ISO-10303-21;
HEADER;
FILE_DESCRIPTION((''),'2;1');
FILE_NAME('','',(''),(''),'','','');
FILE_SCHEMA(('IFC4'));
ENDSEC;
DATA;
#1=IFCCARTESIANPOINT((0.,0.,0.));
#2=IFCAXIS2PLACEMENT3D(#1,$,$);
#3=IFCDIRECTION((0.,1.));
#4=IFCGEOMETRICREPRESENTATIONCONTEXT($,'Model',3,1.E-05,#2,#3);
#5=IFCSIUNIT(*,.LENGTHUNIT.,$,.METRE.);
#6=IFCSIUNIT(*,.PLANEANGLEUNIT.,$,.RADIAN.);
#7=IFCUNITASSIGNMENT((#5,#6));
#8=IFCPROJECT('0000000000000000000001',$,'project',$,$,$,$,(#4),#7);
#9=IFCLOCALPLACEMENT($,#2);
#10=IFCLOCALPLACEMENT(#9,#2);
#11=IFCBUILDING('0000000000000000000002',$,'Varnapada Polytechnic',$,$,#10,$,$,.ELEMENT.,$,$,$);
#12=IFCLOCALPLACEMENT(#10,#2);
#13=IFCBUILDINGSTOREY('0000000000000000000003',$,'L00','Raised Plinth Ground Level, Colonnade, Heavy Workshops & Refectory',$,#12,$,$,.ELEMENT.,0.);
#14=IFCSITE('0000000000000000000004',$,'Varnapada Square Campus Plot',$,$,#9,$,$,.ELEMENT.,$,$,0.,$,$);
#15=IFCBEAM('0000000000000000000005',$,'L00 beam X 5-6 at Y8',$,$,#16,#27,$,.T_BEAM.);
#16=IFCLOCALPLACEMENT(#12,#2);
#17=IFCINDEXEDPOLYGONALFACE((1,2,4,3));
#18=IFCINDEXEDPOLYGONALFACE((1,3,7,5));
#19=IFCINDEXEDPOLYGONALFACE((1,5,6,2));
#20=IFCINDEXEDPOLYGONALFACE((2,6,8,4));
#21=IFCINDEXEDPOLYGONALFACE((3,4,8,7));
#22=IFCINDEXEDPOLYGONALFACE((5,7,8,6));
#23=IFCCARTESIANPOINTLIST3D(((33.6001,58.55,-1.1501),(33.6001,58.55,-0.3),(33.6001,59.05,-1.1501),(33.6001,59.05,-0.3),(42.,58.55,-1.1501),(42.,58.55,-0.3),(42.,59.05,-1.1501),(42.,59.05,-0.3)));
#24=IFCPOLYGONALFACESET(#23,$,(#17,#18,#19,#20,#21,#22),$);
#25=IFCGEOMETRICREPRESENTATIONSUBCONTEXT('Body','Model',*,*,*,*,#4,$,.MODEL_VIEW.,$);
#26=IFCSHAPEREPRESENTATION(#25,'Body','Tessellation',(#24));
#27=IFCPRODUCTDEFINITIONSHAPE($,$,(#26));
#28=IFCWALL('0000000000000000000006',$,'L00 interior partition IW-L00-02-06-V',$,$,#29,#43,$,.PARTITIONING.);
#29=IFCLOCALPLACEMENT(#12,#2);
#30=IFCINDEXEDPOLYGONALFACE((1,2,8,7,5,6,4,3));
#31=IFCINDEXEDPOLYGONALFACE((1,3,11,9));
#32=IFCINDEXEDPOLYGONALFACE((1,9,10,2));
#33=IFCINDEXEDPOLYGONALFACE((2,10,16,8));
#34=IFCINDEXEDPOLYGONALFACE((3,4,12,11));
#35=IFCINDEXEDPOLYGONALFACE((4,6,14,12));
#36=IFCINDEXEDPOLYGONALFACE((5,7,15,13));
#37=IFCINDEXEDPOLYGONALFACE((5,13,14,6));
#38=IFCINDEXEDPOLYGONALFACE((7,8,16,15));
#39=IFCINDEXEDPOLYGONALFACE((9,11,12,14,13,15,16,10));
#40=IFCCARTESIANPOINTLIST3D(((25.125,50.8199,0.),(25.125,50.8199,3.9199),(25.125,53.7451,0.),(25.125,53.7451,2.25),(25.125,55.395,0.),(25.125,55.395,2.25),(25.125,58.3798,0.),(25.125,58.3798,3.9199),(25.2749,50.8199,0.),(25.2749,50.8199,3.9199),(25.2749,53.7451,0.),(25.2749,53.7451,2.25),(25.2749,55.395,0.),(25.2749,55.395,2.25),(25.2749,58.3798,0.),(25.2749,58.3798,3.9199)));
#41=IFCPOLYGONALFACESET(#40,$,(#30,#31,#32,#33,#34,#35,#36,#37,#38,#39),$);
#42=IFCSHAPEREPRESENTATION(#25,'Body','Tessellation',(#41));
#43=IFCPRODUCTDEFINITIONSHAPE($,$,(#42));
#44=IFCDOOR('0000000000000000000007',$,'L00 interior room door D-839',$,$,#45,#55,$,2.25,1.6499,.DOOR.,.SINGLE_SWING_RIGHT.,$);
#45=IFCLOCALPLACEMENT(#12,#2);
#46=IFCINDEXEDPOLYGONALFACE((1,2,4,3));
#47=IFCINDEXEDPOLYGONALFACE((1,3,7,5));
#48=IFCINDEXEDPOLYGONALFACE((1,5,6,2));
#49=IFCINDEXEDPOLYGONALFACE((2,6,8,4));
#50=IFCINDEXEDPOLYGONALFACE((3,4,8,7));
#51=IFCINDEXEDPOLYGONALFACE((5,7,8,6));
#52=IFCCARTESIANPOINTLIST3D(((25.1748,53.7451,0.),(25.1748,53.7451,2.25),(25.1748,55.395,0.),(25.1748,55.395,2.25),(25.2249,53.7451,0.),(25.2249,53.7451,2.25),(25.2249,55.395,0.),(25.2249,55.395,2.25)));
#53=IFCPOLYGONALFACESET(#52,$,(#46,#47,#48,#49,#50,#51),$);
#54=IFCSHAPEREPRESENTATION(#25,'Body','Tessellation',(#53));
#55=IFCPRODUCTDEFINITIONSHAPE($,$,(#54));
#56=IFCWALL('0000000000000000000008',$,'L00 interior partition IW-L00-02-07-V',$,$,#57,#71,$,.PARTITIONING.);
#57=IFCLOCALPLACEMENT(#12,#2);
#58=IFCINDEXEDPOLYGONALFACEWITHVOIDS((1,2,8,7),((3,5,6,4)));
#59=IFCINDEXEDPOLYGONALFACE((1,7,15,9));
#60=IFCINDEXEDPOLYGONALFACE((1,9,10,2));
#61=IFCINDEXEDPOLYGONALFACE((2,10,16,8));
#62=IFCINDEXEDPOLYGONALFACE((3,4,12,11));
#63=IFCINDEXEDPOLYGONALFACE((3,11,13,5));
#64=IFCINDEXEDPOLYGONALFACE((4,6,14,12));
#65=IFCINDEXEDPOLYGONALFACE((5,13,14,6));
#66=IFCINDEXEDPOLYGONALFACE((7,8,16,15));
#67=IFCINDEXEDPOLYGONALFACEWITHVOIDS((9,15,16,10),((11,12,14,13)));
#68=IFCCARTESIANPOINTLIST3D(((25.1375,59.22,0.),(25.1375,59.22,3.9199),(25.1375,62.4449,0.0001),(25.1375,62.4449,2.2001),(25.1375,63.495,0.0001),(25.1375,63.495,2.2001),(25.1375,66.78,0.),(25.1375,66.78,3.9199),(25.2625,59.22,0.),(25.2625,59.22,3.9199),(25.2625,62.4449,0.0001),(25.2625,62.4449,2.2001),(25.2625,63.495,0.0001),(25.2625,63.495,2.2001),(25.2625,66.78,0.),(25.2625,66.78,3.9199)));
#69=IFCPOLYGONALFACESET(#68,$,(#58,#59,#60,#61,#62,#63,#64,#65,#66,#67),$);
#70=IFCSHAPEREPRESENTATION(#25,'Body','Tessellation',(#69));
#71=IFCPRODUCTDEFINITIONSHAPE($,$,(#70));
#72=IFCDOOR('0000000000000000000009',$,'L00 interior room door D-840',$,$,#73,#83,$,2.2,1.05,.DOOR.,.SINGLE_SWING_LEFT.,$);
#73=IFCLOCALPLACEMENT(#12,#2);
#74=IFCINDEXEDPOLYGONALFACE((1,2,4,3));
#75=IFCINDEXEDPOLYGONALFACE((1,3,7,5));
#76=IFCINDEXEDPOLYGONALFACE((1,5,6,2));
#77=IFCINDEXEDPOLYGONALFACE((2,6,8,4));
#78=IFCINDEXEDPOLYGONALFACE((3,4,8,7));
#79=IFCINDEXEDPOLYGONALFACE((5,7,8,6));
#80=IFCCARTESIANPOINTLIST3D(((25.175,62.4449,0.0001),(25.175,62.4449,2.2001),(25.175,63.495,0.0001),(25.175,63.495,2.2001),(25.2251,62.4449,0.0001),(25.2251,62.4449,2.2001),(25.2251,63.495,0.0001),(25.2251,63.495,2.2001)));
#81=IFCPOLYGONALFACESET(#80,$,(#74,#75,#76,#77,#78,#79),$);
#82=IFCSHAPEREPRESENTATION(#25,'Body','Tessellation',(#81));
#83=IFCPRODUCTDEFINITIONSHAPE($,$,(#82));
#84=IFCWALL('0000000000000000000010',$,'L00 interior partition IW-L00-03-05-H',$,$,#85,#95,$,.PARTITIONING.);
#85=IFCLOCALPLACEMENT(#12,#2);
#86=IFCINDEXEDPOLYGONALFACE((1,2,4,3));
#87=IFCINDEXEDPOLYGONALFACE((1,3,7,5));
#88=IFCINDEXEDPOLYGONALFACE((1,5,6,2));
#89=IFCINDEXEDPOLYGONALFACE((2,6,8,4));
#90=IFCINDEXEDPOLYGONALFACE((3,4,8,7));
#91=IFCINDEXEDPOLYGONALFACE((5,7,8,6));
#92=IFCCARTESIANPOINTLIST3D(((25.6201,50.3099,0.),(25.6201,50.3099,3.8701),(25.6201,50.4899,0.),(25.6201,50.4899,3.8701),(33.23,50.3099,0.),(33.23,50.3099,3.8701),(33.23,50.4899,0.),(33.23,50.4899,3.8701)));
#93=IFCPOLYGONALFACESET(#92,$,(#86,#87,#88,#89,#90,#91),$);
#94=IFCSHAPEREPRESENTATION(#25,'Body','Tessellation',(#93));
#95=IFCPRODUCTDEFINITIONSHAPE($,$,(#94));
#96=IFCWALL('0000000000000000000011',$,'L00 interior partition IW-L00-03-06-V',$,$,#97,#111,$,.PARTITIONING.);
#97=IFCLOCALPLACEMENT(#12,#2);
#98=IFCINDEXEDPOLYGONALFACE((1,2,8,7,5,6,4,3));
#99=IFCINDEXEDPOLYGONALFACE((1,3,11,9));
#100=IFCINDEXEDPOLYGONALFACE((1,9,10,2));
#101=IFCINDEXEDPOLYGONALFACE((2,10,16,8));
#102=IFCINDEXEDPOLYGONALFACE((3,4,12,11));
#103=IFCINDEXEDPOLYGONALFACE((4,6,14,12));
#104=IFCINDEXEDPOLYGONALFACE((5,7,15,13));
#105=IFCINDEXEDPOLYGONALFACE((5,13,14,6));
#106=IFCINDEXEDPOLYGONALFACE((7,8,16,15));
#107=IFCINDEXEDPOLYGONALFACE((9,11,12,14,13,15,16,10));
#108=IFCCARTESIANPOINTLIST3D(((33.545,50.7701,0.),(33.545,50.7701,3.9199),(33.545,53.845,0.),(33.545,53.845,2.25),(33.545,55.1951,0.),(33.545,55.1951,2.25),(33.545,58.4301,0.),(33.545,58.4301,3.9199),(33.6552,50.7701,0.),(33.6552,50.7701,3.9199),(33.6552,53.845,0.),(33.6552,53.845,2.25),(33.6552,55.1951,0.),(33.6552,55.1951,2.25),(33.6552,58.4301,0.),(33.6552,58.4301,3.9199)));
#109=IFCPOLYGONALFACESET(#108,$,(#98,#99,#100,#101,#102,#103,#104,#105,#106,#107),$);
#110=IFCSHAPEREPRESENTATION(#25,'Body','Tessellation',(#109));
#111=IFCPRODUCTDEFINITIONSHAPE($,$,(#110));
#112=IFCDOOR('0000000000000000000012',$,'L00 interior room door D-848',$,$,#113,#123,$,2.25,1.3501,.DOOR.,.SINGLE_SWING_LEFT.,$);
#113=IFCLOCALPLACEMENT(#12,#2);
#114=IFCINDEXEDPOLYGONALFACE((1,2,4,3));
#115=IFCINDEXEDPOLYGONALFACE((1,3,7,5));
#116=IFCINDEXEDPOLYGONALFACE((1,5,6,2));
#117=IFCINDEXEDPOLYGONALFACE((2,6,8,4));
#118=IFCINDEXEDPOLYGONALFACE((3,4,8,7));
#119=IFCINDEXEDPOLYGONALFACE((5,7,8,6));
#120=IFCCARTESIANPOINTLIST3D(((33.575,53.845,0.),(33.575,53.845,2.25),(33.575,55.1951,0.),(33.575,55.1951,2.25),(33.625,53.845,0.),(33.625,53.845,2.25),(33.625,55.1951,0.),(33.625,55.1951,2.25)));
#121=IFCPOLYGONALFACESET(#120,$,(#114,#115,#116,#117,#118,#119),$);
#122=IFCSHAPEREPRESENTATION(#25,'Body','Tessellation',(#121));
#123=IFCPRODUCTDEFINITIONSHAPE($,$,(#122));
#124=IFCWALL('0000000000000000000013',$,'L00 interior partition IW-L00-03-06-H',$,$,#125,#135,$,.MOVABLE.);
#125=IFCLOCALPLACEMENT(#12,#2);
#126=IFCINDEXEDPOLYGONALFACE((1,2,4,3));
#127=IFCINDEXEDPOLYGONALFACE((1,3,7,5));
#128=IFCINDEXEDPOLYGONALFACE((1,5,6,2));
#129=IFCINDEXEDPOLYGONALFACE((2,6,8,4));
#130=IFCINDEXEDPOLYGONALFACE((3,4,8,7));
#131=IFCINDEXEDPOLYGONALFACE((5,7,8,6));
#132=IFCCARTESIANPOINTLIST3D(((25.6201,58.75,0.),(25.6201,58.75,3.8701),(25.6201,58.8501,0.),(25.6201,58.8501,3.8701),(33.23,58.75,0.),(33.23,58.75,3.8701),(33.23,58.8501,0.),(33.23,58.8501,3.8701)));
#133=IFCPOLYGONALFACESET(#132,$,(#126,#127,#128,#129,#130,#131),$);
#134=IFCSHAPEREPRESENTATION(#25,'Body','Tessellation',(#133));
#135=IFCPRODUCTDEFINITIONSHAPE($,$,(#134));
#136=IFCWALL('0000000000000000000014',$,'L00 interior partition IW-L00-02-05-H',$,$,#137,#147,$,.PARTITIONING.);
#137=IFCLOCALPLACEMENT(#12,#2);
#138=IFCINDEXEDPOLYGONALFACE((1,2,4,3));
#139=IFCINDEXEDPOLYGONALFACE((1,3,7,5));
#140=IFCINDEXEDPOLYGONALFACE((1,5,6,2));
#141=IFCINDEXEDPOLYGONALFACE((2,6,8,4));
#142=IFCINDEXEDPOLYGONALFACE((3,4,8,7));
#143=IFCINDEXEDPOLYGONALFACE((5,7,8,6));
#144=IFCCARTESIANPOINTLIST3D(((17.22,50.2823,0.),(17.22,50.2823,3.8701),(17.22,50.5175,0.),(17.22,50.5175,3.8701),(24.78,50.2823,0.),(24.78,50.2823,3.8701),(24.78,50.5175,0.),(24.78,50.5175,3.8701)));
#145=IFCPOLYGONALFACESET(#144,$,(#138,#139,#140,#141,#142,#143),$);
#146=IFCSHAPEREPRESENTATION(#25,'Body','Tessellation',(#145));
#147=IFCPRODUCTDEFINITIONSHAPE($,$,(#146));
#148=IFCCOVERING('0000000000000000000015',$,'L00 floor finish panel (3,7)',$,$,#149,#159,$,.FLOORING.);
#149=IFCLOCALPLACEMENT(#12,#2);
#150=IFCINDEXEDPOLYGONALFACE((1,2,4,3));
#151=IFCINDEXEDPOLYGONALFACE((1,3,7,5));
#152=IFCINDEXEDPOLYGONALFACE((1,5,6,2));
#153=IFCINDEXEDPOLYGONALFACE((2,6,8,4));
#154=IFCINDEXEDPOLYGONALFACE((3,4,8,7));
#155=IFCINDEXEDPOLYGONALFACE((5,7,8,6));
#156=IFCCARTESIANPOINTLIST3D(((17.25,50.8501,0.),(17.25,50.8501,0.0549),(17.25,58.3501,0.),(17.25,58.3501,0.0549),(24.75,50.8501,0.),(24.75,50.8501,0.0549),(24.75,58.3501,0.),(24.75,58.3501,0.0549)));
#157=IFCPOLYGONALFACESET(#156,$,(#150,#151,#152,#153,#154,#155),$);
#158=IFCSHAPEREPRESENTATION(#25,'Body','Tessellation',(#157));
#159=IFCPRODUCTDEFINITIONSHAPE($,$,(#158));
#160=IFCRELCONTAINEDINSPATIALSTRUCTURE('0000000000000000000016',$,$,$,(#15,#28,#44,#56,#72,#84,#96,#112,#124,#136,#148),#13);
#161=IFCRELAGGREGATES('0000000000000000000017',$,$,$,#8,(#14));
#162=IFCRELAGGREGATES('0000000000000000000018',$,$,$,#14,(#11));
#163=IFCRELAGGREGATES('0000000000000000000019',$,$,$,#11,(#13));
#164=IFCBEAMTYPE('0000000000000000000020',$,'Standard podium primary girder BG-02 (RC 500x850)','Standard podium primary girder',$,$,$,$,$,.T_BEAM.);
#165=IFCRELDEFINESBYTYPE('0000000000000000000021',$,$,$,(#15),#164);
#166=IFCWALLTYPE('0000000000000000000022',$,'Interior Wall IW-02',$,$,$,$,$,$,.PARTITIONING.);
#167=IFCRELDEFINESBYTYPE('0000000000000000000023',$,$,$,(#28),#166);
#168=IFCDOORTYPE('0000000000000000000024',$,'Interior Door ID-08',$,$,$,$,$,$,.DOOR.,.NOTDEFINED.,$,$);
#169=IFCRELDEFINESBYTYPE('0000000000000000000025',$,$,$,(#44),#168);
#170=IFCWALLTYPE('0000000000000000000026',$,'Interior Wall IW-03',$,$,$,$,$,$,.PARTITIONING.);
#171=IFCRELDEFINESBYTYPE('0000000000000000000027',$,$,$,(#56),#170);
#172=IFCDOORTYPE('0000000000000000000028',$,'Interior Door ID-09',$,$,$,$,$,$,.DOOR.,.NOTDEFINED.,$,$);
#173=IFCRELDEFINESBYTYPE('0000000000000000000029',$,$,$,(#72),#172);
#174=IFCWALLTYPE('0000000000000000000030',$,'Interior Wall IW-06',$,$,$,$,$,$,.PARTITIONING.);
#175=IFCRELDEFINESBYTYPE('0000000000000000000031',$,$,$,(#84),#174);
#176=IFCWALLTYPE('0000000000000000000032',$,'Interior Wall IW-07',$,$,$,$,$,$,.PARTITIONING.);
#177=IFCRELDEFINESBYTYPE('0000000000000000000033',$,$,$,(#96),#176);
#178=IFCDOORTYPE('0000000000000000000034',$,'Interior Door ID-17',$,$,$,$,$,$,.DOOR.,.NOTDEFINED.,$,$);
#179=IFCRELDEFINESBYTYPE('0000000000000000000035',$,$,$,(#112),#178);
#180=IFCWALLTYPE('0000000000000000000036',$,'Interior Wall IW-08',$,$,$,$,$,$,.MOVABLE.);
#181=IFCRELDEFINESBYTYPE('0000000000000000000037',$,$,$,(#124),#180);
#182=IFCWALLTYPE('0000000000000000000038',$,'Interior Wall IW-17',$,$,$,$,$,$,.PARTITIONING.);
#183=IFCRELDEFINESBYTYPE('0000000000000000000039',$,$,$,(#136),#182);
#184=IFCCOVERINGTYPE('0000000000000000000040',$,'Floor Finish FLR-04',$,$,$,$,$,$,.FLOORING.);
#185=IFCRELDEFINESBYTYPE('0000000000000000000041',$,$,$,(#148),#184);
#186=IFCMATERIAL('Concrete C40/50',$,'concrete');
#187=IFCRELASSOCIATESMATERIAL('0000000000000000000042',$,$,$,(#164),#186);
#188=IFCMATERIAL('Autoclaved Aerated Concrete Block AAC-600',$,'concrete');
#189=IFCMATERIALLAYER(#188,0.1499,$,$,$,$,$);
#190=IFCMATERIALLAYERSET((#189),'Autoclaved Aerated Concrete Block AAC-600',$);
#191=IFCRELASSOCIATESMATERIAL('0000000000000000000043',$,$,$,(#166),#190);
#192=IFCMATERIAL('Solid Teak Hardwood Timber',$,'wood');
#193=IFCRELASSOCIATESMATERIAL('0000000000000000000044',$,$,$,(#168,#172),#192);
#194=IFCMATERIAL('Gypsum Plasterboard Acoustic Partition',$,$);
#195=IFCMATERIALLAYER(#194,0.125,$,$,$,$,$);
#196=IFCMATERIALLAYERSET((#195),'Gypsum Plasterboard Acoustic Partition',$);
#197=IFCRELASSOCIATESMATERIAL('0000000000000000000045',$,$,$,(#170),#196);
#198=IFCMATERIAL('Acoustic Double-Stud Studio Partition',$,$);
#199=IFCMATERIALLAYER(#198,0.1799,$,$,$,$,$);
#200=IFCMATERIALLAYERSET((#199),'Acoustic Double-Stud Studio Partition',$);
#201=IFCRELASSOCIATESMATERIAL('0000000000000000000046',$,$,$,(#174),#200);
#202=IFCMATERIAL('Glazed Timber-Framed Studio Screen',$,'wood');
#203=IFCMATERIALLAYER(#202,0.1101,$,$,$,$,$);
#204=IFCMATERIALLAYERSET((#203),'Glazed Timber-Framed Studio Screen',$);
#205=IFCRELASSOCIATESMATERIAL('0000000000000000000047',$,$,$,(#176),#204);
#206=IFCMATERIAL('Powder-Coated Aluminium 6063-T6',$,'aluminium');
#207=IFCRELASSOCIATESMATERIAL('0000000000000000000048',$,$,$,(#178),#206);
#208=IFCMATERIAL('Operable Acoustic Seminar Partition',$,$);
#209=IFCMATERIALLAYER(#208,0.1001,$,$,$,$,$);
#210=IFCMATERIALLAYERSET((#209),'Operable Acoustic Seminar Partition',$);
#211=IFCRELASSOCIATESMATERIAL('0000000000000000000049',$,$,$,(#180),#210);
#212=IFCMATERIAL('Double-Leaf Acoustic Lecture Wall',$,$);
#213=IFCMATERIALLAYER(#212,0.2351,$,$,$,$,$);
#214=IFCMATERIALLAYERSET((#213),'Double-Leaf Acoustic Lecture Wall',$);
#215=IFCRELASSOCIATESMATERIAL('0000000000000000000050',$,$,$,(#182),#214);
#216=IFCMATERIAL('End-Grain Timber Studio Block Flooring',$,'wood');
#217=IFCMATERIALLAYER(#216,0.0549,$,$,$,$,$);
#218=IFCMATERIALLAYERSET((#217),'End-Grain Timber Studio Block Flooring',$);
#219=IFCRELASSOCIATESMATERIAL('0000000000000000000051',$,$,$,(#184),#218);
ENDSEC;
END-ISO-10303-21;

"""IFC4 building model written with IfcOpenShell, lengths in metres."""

from ifc_helpers import new_model, si_unit, direction, frame, frame_2d, origin, origin_2d, place, context, subcontext, project, spatial, rectangle, extrude, material, layer, layer_set, material_profile, profile_set, type_object, element, fill, save


model = new_model("IFC4")

# Units and contexts
model_context = context("Model", 3, precision=1e-05, world=origin(), true_north=direction((0.0, 1.0)))
body_context = subcontext(model_context, "Body", "Model", "MODEL_VIEW")
ifc_project = project(units=[si_unit("LENGTHUNIT", "METRE"), si_unit("PLANEANGLEUNIT", "RADIAN")], contexts=[model_context])

# Site, building, storey
site_placement = place(None, origin())
site = spatial("IfcSite", under=ifc_project, at=site_placement, Name="Varnapada Square Campus Plot", CompositionType="ELEMENT", RefElevation=0.0)
building_placement = place(site_placement, origin())
building = spatial("IfcBuilding", under=site, at=building_placement, Name="Varnapada Polytechnic", CompositionType="ELEMENT")
storey_placement = place(building_placement, origin())
storey = spatial("IfcBuildingStorey", under=building, at=storey_placement, Name="L00", Description="Raised Plinth Ground Level, Colonnade, Heavy Workshops & Refectory", CompositionType="ELEMENT", Elevation=0.0)

# Shared definitions
ifc_material_1 = material(Name="Concrete C40/50", Category="concrete")

# Beam
ifc_material_profile_1 = material_profile(ifc_material_1, rectangle(XDim=0.5, YDim=0.8501, at=origin_2d()), Name="RC 500x850")
ifc_profile_set_1 = profile_set([ifc_material_profile_1], Name="Concrete C40/50")
beam_type_1 = type_object("IfcBeamType", Name="Standard podium primary girder BG-02 (RC 500x850)", Description="Standard podium primary girder", PredefinedType="T_BEAM", material=ifc_profile_set_1)
for number, where, z_axis, x_axis, name in (
    (1, (33.6001, 58.8, -0.7251), (1.0, 0.0, 0.0), (0.0, 1.0, 0.0), "L00 beam X 5-6 at Y8"),
):
    element("IfcBeam", number, at=place(storey_placement, frame(where, z_axis=z_axis, x_axis=x_axis)), inside=storey, type_object=beam_type_1, Name=name, PredefinedType="T_BEAM", context=body_context, shape_type="SweptSolid", body=[
        extrude(rectangle(XDim=0.5, YDim=0.8501, at=origin_2d()), origin(), (0.0, 0.0, 1.0), 8.3999),
    ])

# Walls, openings, doors
ifc_material_2 = material(Name="Autoclaved Aerated Concrete Block AAC-600", Category="concrete")
ifc_layer_1 = layer(ifc_material_2, 0.1499)
ifc_layer_set_1 = layer_set([ifc_layer_1], Name="Autoclaved Aerated Concrete Block AAC-600")
wall_type_1 = type_object("IfcWallType", Name="Interior Wall IW-02", PredefinedType="PARTITIONING", material=ifc_layer_set_1)
wall_1_placement = place(storey_placement, frame((25.2, 50.8201, 0.0), z_axis=(0.0, 0.0, 1.0), x_axis=(0.0, 1.0, 0.0)))
wall_1 = element("IfcWall", 2, at=wall_1_placement, inside=storey, type_object=wall_type_1, Name="L00 interior partition IW-L00-02-06-V", PredefinedType="PARTITIONING", context=body_context, shape_type="SweptSolid", body=[
    extrude(rectangle(XDim=7.5598, YDim=0.1499, at=frame_2d((3.7798, 0.0))), origin(), (0.0, 0.0, 1.0), 3.9199),
])
opening_1_placement = place(wall_1_placement, frame((2.925, 0.0, 0.0)))
opening_1 = element("IfcOpeningElement", 3, at=opening_1_placement, cuts=wall_1, PredefinedType="OPENING", context=body_context, shape_type="SweptSolid", body=[
    extrude(rectangle(XDim=1.6499, YDim=2.25, at=frame_2d((0.825, 1.125))), frame((0.0, 0.085, 0.0), z_axis=(0.0, -1.0, 0.0), x_axis=(1.0, 0.0, 0.0)), (0.0, 0.0, 1.0), 0.1699),
])
ifc_material_3 = material(Name="Solid Teak Hardwood Timber", Category="wood")
door_type_1 = type_object("IfcDoorType", Name="Interior Door ID-08", OperationType="NOTDEFINED", PredefinedType="DOOR", material=ifc_material_3)
door_1_placement = place(opening_1_placement, frame((1.6499, 0.0, 0.0), z_axis=(0.0, 0.0, 1.0), x_axis=(-1.0, 0.0, 0.0)))
door_1 = element("IfcDoor", 4, at=door_1_placement, inside=storey, type_object=door_type_1, Name="L00 interior room door D-839", OperationType="SINGLE_SWING_RIGHT", OverallHeight=2.25, OverallWidth=1.6499, PredefinedType="DOOR", context=body_context, shape_type="SweptSolid", body=[
    extrude(rectangle(XDim=1.6499, YDim=2.25, at=frame_2d((0.825, 1.125))), frame((0.0, 0.0249, 0.0), z_axis=(0.0, -1.0, 0.0), x_axis=(1.0, 0.0, 0.0)), (0.0, 0.0, 1.0), 0.05),
])
fill(opening_1, door_1)
ifc_material_4 = material(Name="Gypsum Plasterboard Acoustic Partition")
ifc_layer_2 = layer(ifc_material_4, 0.125)
ifc_layer_set_2 = layer_set([ifc_layer_2], Name="Gypsum Plasterboard Acoustic Partition")
wall_type_2 = type_object("IfcWallType", Name="Interior Wall IW-03", PredefinedType="PARTITIONING", material=ifc_layer_set_2)
wall_2_placement = place(storey_placement, frame((25.2, 59.22, 0.0), z_axis=(0.0, 0.0, 1.0), x_axis=(0.0, 1.0, 0.0)))
wall_2 = element("IfcWall", 5, at=wall_2_placement, inside=storey, type_object=wall_type_2, Name="L00 interior partition IW-L00-02-07-V", PredefinedType="PARTITIONING", context=body_context, shape_type="SweptSolid", body=[
    extrude(rectangle(XDim=7.5601, YDim=0.125, at=frame_2d((3.78, 0.0))), origin(), (0.0, 0.0, 1.0), 3.9199),
])
opening_2_placement = place(wall_2_placement, frame((3.2251, 0.0, 0.0)))
opening_2 = element("IfcOpeningElement", 6, at=opening_2_placement, cuts=wall_2, PredefinedType="OPENING", context=body_context, shape_type="SweptSolid", body=[
    extrude(rectangle(XDim=1.05, YDim=2.2, at=frame_2d((0.5249, 1.1001))), frame((0.0, 0.0725, 0.0), z_axis=(0.0, -1.0, 0.0), x_axis=(1.0, 0.0, 0.0)), (0.0, 0.0, 1.0), 0.145),
])
door_type_2 = type_object("IfcDoorType", Name="Interior Door ID-09", OperationType="NOTDEFINED", PredefinedType="DOOR", material=ifc_material_3)
door_2_placement = place(opening_2_placement, origin())
door_2 = element("IfcDoor", 7, at=door_2_placement, inside=storey, type_object=door_type_2, Name="L00 interior room door D-840", OperationType="SINGLE_SWING_LEFT", OverallHeight=2.2, OverallWidth=1.05, PredefinedType="DOOR", context=body_context, shape_type="SweptSolid", body=[
    extrude(rectangle(XDim=1.05, YDim=2.2, at=frame_2d((0.5249, 1.1001))), frame((0.0, 0.0249, 0.0), z_axis=(0.0, -1.0, 0.0), x_axis=(1.0, 0.0, 0.0)), (0.0, 0.0, 1.0), 0.05),
])
fill(opening_2, door_2)

# Wall
ifc_material_5 = material(Name="Acoustic Double-Stud Studio Partition")
ifc_layer_3 = layer(ifc_material_5, 0.1799)
ifc_layer_set_3 = layer_set([ifc_layer_3], Name="Acoustic Double-Stud Studio Partition")
wall_type_3 = type_object("IfcWallType", Name="Interior Wall IW-06", PredefinedType="PARTITIONING", material=ifc_layer_set_3)
wall_3_placement = place(storey_placement, frame((25.6201, 50.3999, 0.0), z_axis=(0.0, 0.0, 1.0), x_axis=(1.0, 0.0, 0.0)))
element("IfcWall", 8, at=wall_3_placement, inside=storey, type_object=wall_type_3, Name="L00 interior partition IW-L00-03-05-H", PredefinedType="PARTITIONING", context=body_context, shape_type="SweptSolid", body=[
    extrude(rectangle(XDim=7.6099, YDim=0.1799, at=frame_2d((3.8049, 0.0))), origin(), (0.0, 0.0, 1.0), 3.8701),
])

# Wall, opening, door
ifc_material_6 = material(Name="Glazed Timber-Framed Studio Screen", Category="wood")
ifc_layer_4 = layer(ifc_material_6, 0.1101)
ifc_layer_set_4 = layer_set([ifc_layer_4], Name="Glazed Timber-Framed Studio Screen")
wall_type_4 = type_object("IfcWallType", Name="Interior Wall IW-07", PredefinedType="PARTITIONING", material=ifc_layer_set_4)
wall_4_placement = place(storey_placement, frame((33.6001, 50.77, 0.0), z_axis=(0.0, 0.0, 1.0), x_axis=(0.0, 1.0, 0.0)))
wall_4 = element("IfcWall", 9, at=wall_4_placement, inside=storey, type_object=wall_type_4, Name="L00 interior partition IW-L00-03-06-V", PredefinedType="PARTITIONING", context=body_context, shape_type="SweptSolid", body=[
    extrude(rectangle(XDim=7.6599, YDim=0.1101, at=frame_2d((3.8301, 0.0))), origin(), (0.0, 0.0, 1.0), 3.9199),
])
opening_3_placement = place(wall_4_placement, frame((3.075, 0.0, 0.0)))
opening_3 = element("IfcOpeningElement", 10, at=opening_3_placement, cuts=wall_4, PredefinedType="OPENING", context=body_context, shape_type="SweptSolid", body=[
    extrude(rectangle(XDim=1.3501, YDim=2.25, at=frame_2d((0.675, 1.125))), frame((0.0, 0.0649, 0.0), z_axis=(0.0, -1.0, 0.0), x_axis=(1.0, 0.0, 0.0)), (0.0, 0.0, 1.0), 0.1301),
])
ifc_material_7 = material(Name="Powder-Coated Aluminium 6063-T6", Category="aluminium")
door_type_3 = type_object("IfcDoorType", Name="Interior Door ID-17", OperationType="NOTDEFINED", PredefinedType="DOOR", material=ifc_material_7)
door_3_placement = place(opening_3_placement, frame((1.3501, 0.0, 0.0), z_axis=(0.0, 0.0, 1.0), x_axis=(-1.0, 0.0, 0.0)))
door_3 = element("IfcDoor", 11, at=door_3_placement, inside=storey, type_object=door_type_3, Name="L00 interior room door D-848", OperationType="SINGLE_SWING_LEFT", OverallHeight=2.25, OverallWidth=1.3501, PredefinedType="DOOR", context=body_context, shape_type="SweptSolid", body=[
    extrude(rectangle(XDim=1.3501, YDim=2.25, at=frame_2d((0.675, 1.125))), frame((0.0, 0.0249, 0.0), z_axis=(0.0, -1.0, 0.0), x_axis=(1.0, 0.0, 0.0)), (0.0, 0.0, 1.0), 0.05),
])
fill(opening_3, door_3)

# Walls
ifc_material_8 = material(Name="Operable Acoustic Seminar Partition")
ifc_layer_5 = layer(ifc_material_8, 0.1001)
ifc_layer_set_5 = layer_set([ifc_layer_5], Name="Operable Acoustic Seminar Partition")
wall_type_5 = type_object("IfcWallType", Name="Interior Wall IW-08", PredefinedType="MOVABLE", material=ifc_layer_set_5)
wall_5_placement = place(storey_placement, frame((25.6201, 58.8, 0.0), z_axis=(0.0, 0.0, 1.0), x_axis=(1.0, 0.0, 0.0)))
element("IfcWall", 12, at=wall_5_placement, inside=storey, type_object=wall_type_5, Name="L00 interior partition IW-L00-03-06-H", PredefinedType="MOVABLE", context=body_context, shape_type="SweptSolid", body=[
    extrude(rectangle(XDim=7.6099, YDim=0.1001, at=frame_2d((3.8049, 0.0))), origin(), (0.0, 0.0, 1.0), 3.8701),
])
ifc_material_9 = material(Name="Double-Leaf Acoustic Lecture Wall")
ifc_layer_6 = layer(ifc_material_9, 0.2351)
ifc_layer_set_6 = layer_set([ifc_layer_6], Name="Double-Leaf Acoustic Lecture Wall")
wall_type_6 = type_object("IfcWallType", Name="Interior Wall IW-17", PredefinedType="PARTITIONING", material=ifc_layer_set_6)
wall_6_placement = place(storey_placement, frame((17.22, 50.3999, 0.0), z_axis=(0.0, 0.0, 1.0), x_axis=(1.0, 0.0, 0.0)))
element("IfcWall", 13, at=wall_6_placement, inside=storey, type_object=wall_type_6, Name="L00 interior partition IW-L00-02-05-H", PredefinedType="PARTITIONING", context=body_context, shape_type="SweptSolid", body=[
    extrude(rectangle(XDim=7.5601, YDim=0.2351, at=frame_2d((3.78, 0.0))), origin(), (0.0, 0.0, 1.0), 3.8701),
])

# Covering
ifc_material_10 = material(Name="End-Grain Timber Studio Block Flooring", Category="wood")
ifc_layer_7 = layer(ifc_material_10, 0.0549)
ifc_layer_set_7 = layer_set([ifc_layer_7], Name="End-Grain Timber Studio Block Flooring")
covering_type_1 = type_object("IfcCoveringType", Name="Floor Finish FLR-04", PredefinedType="FLOORING", material=ifc_layer_set_7)
covering_1_placement = place(storey_placement, frame((21.0, 54.6001, 0.0), z_axis=(0.0, 0.0, 1.0), x_axis=(1.0, 0.0, 0.0)))
element("IfcCovering", 14, at=covering_1_placement, inside=storey, type_object=covering_type_1, Name="L00 floor finish panel (3,7)", PredefinedType="FLOORING", context=body_context, shape_type="SweptSolid", body=[
    extrude(rectangle(XDim=7.5, YDim=7.5, at=origin_2d()), origin(), (0.0, 0.0, 1.0), 0.0549),
])

save(model, "model.ifc")
